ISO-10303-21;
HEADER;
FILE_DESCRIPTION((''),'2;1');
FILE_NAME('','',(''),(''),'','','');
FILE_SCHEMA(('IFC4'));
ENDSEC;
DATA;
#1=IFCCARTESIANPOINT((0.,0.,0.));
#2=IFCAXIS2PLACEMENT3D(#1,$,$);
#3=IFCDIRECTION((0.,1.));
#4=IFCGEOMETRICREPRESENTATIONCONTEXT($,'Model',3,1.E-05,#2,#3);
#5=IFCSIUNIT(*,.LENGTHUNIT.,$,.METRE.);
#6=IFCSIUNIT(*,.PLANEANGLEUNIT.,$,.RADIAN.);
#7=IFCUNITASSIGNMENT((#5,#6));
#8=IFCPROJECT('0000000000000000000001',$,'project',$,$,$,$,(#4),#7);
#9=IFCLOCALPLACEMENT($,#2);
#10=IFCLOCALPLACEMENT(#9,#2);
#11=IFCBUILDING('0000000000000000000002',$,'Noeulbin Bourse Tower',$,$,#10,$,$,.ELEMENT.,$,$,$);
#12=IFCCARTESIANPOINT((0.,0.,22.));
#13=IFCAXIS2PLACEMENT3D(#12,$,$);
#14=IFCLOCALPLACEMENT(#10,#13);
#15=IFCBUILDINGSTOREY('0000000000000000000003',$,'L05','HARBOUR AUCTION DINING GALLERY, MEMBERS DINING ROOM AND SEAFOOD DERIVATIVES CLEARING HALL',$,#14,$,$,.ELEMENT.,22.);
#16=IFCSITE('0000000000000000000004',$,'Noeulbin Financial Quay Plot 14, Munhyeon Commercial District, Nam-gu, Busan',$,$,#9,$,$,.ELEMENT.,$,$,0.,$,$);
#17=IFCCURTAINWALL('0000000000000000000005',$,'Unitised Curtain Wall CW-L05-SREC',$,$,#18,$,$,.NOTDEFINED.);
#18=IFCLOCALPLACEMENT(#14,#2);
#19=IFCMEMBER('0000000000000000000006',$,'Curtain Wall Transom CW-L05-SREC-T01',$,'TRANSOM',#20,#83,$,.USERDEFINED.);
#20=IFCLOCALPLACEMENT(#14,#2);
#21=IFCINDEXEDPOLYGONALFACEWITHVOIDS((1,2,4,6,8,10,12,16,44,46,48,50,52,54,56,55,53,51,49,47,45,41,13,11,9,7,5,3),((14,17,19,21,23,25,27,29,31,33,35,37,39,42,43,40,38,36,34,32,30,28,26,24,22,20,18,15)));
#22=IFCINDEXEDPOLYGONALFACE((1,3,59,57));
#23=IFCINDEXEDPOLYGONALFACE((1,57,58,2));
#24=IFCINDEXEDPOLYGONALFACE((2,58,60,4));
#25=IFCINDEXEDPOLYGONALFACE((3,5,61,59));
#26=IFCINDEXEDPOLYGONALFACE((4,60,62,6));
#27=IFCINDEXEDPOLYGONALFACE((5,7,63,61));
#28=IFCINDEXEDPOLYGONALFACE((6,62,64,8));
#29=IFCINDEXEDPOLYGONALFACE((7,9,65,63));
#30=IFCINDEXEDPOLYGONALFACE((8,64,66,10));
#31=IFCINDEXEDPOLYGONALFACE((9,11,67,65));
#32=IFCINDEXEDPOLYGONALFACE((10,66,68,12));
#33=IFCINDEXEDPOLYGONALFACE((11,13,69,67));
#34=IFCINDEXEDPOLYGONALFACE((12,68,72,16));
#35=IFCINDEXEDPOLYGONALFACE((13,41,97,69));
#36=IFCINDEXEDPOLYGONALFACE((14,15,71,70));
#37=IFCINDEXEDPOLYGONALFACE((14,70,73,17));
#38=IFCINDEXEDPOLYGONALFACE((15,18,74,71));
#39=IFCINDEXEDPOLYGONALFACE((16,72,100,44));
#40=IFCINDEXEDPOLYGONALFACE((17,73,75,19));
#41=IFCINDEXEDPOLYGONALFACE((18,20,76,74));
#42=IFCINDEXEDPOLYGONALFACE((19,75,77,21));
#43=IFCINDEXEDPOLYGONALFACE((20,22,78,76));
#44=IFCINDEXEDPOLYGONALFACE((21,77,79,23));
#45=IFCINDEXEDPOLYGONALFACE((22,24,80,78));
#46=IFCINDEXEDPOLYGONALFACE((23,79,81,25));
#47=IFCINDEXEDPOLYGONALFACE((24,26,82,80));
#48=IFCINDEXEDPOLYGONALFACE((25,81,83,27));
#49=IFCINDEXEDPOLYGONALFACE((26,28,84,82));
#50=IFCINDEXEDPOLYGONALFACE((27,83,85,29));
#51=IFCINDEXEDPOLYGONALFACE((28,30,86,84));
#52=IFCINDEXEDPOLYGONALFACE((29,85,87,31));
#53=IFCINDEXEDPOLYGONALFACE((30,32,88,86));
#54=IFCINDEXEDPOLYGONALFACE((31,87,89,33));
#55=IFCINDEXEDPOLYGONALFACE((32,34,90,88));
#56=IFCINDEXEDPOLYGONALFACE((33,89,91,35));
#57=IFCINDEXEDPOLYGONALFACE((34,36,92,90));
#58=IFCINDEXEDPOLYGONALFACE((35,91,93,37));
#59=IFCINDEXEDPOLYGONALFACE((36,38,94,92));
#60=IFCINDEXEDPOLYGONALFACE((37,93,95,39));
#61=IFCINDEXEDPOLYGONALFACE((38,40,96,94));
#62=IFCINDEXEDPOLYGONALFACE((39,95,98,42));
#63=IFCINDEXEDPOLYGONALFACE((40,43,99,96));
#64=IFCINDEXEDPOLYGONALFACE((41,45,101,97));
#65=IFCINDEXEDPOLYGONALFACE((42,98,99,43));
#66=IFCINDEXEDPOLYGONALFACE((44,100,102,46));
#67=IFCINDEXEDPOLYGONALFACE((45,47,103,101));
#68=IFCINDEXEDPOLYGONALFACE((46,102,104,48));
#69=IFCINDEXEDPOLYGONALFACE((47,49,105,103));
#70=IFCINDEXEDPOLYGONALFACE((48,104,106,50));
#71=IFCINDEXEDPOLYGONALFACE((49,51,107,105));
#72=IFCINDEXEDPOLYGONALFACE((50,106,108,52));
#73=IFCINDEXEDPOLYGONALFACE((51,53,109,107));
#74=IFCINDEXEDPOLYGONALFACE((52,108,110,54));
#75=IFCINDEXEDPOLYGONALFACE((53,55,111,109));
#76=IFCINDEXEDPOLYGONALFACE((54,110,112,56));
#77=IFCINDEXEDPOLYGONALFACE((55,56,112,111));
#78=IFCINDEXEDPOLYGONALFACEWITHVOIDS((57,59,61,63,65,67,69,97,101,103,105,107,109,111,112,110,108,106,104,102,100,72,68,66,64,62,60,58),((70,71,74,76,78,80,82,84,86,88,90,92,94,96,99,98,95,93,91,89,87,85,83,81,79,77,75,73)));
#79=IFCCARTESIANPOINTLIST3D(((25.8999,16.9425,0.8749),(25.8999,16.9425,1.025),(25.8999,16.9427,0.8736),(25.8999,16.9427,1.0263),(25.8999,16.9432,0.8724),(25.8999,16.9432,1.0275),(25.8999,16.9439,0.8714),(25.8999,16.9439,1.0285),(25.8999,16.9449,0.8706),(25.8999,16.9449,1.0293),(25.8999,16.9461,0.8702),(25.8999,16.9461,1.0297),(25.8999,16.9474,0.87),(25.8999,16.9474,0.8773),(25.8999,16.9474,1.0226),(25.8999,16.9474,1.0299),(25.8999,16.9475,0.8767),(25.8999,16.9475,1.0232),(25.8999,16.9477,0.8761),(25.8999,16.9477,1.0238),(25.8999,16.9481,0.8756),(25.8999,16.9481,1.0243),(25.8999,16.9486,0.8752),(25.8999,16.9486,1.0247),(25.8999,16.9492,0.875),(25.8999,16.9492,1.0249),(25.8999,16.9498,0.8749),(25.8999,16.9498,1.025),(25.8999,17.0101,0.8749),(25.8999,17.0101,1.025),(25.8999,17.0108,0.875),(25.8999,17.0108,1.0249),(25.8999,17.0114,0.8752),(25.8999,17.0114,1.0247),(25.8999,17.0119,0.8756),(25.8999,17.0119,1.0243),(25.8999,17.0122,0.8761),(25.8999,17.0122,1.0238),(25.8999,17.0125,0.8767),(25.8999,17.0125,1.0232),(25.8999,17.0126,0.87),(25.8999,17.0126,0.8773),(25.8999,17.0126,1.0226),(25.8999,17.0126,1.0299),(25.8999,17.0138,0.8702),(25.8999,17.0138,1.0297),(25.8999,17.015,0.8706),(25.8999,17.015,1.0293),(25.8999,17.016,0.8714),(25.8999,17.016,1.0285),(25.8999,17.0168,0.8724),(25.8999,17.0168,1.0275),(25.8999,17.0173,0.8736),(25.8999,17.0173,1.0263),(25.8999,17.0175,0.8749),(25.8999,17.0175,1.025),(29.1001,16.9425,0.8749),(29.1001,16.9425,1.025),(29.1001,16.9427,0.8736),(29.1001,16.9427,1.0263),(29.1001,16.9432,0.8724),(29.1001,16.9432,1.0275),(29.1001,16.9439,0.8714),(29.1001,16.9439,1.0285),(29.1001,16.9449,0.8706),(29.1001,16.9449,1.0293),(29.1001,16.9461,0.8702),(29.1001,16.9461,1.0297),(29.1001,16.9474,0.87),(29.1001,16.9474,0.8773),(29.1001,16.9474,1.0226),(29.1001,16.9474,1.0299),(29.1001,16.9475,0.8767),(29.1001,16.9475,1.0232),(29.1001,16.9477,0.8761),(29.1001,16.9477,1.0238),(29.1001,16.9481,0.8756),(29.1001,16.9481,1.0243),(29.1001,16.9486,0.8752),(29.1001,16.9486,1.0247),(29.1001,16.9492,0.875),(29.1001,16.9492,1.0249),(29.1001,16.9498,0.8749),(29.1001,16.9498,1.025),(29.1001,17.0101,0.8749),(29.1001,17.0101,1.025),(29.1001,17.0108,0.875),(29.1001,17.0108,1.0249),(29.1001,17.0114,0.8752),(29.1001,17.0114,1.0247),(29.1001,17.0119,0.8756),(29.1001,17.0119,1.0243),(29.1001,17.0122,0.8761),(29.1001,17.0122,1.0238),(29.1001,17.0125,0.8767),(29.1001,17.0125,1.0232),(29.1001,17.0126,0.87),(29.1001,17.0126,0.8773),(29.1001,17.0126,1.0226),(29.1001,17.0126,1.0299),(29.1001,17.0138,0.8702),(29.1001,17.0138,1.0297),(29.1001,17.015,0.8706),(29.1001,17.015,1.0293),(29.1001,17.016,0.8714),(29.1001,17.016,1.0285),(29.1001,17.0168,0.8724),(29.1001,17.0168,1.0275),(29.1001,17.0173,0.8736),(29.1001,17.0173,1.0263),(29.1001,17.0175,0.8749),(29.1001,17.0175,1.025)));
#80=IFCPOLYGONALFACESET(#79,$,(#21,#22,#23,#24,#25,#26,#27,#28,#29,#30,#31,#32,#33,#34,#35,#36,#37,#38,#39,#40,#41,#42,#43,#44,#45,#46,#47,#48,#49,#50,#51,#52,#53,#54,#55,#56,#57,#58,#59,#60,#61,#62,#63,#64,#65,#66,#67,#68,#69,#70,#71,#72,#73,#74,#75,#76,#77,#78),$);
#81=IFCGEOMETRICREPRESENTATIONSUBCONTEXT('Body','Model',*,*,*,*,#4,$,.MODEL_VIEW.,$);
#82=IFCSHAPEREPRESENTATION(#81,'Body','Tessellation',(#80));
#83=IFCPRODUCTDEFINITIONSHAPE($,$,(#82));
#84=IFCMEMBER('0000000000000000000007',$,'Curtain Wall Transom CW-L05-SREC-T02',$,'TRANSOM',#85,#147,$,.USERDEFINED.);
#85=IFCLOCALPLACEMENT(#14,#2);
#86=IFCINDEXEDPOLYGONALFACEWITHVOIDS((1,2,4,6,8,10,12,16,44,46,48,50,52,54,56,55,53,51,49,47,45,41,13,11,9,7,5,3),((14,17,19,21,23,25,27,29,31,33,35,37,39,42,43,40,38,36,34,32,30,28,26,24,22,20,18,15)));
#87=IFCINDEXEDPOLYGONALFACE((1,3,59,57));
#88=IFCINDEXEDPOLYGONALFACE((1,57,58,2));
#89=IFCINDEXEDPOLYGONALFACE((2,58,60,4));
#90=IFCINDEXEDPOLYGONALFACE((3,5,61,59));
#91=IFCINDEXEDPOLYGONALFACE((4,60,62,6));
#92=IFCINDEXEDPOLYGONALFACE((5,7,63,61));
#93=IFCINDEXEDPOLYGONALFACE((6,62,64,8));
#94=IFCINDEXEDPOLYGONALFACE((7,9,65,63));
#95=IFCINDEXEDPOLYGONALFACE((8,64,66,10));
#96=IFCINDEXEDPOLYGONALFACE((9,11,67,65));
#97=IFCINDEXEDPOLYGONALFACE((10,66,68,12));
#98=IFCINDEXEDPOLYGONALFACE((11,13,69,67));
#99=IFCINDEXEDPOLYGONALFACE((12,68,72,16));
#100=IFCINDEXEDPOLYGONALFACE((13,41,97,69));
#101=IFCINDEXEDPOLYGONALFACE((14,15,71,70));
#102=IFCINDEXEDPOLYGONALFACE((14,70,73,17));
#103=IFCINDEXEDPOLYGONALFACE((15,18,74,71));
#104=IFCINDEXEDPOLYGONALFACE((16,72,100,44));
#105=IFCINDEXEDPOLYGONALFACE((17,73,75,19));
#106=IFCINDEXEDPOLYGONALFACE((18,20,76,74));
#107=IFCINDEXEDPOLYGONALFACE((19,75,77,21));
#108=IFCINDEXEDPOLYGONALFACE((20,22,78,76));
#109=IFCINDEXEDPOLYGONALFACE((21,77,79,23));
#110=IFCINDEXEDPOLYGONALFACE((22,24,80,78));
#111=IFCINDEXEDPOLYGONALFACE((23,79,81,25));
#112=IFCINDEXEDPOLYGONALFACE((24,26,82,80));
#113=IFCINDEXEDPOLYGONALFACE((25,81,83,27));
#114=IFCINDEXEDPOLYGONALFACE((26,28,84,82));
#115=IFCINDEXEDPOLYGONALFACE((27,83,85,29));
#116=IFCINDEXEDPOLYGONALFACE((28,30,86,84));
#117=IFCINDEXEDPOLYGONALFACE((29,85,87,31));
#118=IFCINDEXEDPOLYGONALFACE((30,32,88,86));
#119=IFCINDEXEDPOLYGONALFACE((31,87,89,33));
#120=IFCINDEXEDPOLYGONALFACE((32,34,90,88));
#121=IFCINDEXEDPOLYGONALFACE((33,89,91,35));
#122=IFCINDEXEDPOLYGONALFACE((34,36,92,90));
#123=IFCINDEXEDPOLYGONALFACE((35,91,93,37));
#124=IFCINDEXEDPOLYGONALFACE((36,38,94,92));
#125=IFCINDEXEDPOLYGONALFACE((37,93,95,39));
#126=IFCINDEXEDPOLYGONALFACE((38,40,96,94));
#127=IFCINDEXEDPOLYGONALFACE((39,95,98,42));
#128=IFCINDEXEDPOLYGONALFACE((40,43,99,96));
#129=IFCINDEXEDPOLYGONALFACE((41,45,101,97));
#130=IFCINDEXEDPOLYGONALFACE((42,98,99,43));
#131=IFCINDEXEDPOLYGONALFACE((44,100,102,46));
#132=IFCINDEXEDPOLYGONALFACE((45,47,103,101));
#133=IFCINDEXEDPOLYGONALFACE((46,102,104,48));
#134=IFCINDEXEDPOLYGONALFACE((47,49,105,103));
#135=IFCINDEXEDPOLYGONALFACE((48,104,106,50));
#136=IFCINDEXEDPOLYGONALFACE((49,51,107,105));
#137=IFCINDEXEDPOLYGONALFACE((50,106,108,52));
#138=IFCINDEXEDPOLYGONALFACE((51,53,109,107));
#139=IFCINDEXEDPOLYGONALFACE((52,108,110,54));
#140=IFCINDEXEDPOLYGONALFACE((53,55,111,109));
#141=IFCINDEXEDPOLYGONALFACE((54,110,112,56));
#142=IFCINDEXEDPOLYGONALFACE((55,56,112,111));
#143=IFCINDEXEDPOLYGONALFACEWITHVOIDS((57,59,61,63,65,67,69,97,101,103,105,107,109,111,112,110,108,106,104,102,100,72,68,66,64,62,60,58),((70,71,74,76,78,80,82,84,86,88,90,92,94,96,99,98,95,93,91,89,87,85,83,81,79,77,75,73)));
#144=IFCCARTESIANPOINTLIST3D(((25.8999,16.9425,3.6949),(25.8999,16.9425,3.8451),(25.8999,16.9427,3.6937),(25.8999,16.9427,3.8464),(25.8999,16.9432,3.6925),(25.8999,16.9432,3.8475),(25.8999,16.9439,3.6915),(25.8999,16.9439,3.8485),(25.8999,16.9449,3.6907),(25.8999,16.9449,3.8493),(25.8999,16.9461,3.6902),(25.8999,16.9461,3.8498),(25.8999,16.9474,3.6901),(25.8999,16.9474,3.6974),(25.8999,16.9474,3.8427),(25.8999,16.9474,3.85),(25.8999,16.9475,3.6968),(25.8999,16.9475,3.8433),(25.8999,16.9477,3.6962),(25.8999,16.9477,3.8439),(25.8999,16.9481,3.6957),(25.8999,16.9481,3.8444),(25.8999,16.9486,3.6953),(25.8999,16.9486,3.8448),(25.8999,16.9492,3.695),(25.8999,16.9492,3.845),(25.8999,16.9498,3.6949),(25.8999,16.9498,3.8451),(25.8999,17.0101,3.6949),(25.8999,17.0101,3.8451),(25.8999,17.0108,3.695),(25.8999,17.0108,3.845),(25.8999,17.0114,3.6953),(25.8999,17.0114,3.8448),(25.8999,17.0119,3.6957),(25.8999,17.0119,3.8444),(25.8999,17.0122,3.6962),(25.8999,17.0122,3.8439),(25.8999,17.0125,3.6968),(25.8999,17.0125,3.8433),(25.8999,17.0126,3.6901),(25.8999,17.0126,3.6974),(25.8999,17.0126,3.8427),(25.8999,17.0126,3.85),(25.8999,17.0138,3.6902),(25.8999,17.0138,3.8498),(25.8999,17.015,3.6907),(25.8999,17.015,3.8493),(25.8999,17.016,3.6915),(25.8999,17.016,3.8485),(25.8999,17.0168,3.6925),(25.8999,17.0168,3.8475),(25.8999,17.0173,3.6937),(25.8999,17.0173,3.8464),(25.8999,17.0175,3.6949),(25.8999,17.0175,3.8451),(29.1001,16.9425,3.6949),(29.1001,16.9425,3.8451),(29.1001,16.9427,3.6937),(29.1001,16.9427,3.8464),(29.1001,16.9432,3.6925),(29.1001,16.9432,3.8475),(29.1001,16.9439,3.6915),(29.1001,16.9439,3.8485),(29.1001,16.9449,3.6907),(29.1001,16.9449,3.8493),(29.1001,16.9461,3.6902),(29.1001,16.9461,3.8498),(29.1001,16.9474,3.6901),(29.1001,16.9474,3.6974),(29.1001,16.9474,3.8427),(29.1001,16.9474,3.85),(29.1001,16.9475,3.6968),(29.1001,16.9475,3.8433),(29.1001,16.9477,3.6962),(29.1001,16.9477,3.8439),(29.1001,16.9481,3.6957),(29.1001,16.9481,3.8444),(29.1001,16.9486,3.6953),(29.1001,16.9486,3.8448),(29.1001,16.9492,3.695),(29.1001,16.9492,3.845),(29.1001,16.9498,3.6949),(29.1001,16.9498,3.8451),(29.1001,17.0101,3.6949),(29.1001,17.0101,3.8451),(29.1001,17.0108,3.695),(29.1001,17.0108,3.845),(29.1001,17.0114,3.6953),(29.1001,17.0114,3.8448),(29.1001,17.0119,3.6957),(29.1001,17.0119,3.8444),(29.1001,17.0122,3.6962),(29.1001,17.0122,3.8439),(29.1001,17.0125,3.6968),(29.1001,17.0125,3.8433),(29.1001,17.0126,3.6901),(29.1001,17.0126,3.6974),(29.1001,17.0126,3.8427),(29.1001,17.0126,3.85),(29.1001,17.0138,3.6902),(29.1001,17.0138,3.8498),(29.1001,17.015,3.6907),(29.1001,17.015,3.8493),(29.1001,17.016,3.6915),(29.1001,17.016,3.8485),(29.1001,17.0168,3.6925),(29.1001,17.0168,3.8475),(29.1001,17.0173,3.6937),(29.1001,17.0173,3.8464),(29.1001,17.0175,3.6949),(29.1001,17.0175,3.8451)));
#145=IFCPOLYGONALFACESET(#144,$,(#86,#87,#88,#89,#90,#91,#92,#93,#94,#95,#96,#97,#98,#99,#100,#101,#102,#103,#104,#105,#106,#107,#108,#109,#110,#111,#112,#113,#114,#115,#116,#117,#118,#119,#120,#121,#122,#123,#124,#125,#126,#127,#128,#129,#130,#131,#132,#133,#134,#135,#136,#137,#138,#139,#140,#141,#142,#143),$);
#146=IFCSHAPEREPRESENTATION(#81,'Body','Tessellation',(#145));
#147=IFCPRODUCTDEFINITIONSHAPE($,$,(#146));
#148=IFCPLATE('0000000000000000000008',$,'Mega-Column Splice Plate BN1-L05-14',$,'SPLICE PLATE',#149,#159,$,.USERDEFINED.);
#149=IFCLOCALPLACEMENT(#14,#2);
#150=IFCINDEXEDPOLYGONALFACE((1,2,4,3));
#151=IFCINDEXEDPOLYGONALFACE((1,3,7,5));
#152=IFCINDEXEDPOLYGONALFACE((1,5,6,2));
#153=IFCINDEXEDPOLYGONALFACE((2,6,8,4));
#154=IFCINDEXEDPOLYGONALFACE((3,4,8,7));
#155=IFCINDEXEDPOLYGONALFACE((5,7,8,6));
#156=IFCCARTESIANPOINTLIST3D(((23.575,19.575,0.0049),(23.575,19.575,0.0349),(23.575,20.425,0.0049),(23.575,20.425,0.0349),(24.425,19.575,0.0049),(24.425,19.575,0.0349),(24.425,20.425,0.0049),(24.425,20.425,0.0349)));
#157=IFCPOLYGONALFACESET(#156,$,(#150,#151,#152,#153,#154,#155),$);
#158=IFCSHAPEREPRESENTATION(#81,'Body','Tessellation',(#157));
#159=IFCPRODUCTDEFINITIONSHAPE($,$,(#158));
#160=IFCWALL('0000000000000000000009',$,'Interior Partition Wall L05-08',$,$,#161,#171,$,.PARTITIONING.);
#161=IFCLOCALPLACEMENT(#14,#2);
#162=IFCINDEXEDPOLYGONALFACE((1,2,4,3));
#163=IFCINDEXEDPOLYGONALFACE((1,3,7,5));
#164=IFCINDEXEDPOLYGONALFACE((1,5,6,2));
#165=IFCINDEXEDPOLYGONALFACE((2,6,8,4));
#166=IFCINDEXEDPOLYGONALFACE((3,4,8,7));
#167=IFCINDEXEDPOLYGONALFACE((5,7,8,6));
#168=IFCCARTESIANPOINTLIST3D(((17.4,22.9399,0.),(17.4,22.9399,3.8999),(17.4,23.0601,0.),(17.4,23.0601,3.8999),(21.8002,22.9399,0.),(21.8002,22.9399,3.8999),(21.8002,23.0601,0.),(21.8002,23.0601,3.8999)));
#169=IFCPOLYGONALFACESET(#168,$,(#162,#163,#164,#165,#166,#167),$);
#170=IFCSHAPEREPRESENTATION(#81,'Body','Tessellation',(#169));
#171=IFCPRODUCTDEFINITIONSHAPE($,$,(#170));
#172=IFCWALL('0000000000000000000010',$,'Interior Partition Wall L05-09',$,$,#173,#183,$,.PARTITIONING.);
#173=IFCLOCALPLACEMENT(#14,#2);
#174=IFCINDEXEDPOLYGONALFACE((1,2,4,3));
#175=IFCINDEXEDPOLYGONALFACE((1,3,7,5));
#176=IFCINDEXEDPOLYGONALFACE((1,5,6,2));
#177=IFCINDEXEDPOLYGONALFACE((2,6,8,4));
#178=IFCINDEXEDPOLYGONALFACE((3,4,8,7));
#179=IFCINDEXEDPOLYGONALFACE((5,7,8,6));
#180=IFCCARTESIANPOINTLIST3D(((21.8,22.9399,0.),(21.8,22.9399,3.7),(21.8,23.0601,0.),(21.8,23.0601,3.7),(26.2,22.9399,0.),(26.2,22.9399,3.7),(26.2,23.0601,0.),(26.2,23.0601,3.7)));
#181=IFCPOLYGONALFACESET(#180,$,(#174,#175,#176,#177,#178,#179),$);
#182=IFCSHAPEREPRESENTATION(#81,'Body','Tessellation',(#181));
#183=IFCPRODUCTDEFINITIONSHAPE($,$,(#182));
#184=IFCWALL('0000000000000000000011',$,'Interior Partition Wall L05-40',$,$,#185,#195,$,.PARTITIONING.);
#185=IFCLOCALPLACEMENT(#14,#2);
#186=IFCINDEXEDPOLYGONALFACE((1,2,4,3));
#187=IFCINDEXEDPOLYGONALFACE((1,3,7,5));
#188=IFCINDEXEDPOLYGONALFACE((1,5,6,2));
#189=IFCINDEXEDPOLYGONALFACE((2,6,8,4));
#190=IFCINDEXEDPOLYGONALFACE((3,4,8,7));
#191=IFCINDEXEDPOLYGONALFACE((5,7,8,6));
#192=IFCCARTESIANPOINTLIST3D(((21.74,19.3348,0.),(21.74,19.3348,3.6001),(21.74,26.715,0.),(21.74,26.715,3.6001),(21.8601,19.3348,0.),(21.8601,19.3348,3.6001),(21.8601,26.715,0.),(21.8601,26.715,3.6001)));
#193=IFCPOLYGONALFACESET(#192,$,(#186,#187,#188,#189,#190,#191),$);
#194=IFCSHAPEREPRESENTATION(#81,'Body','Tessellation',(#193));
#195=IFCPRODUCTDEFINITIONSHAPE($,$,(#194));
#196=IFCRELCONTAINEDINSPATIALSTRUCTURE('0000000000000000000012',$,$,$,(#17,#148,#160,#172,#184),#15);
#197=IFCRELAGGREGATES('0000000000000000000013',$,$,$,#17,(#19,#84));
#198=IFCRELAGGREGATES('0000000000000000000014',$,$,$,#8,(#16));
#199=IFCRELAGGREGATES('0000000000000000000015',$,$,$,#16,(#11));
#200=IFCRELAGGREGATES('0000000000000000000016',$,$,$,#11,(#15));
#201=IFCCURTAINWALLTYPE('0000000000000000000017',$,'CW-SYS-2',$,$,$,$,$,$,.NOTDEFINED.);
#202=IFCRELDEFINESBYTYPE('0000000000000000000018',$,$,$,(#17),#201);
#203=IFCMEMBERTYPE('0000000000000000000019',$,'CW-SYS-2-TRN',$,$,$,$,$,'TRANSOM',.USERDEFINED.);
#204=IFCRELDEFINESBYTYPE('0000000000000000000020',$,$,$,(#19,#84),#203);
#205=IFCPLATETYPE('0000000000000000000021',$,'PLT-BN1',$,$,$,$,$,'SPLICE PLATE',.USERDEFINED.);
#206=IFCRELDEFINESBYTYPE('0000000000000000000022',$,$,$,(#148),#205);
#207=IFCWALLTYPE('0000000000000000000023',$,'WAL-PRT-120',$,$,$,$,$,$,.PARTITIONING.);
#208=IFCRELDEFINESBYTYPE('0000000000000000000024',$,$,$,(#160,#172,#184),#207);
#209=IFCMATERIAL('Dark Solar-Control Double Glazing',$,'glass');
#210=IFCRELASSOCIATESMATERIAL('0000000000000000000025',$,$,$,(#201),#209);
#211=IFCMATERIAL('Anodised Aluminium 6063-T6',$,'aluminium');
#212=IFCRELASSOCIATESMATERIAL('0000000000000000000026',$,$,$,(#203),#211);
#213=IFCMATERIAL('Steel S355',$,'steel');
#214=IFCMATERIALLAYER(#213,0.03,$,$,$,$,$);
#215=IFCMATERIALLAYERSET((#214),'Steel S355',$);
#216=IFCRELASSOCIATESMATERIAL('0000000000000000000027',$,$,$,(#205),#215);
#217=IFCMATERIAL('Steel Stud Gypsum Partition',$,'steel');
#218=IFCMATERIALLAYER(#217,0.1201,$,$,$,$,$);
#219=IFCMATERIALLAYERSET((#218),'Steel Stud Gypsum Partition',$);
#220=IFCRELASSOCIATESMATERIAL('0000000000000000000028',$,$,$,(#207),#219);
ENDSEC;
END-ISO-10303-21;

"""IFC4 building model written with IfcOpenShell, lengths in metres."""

from ifc_helpers import new_model, si_unit, direction, frame, frame_2d, origin, origin_2d, place, context, subcontext, project, spatial, rectangle, hollow_rectangle, extrude, material, layer, layer_set, material_profile, profile_set, type_object, element, aggregate, save


model = new_model("IFC4")

# Units and contexts
model_context = context("Model", 3, precision=1e-05, world=origin(), true_north=direction((0.0, 1.0)))
body_context = subcontext(model_context, "Body", "Model", "MODEL_VIEW")
ifc_project = project(units=[si_unit("LENGTHUNIT", "METRE"), si_unit("PLANEANGLEUNIT", "RADIAN")], contexts=[model_context])

# Site, building, storey
site_placement = place(None, origin())
site = spatial("IfcSite", under=ifc_project, at=site_placement, Name="Noeulbin Financial Quay Plot 14, Munhyeon Commercial District, Nam-gu, Busan", CompositionType="ELEMENT", RefElevation=0.0)
building_placement = place(site_placement, origin())
building = spatial("IfcBuilding", under=site, at=building_placement, Name="Noeulbin Bourse Tower", CompositionType="ELEMENT")
storey_placement = place(building_placement, frame((0.0, 0.0, 22.0)))
storey = spatial("IfcBuildingStorey", under=building, at=storey_placement, Name="L05", Description="HARBOUR AUCTION DINING GALLERY, MEMBERS DINING ROOM AND SEAFOOD DERIVATIVES CLEARING HALL", CompositionType="ELEMENT", Elevation=22.0)

# Shared definitions
ifc_material_1 = material(Name="Steel S355", Category="steel")

# Curtain wall, members
ifc_material_2 = material(Name="Dark Solar-Control Double Glazing", Category="glass")
curtain_wall_type = type_object("IfcCurtainWallType", Name="CW-SYS-2", PredefinedType="NOTDEFINED", material=ifc_material_2)
curtain_wall_placement = place(storey_placement, origin())
curtain_wall = element("IfcCurtainWall", 1, at=curtain_wall_placement, inside=storey, type_object=curtain_wall_type, Name="Unitised Curtain Wall CW-L05-SREC", PredefinedType="NOTDEFINED")
ifc_material_3 = material(Name="Anodised Aluminium 6063-T6", Category="aluminium")
ifc_material_profile_1 = material_profile(ifc_material_3, hollow_rectangle(XDim=0.075, YDim=0.1599, WallThickness=0.0049, InnerFilletRadius=0.0024, OuterFilletRadius=0.0049, at=origin_2d()), Name="ALU-TRAN-75x160x5", Category="LoadBearing")
ifc_profile_set_1 = profile_set([ifc_material_profile_1], Name="Anodised Aluminium 6063-T6")
member_type_1 = type_object("IfcMemberType", Name="CW-SYS-2-TRN", ElementType="TRANSOM", PredefinedType="USERDEFINED", material=ifc_profile_set_1)
member_1_placement = place(storey_placement, frame((25.8999, 16.98, 0.95), z_axis=(1.0, 0.0, 0.0), x_axis=(0.0, 1.0, 0.0)))
member_1 = element("IfcMember", 2, at=member_1_placement, type_object=member_type_1, Name="Curtain Wall Transom CW-L05-SREC-T01", ObjectType="TRANSOM", PredefinedType="USERDEFINED", context=body_context, shape_type="SweptSolid", body=[
    extrude(hollow_rectangle(XDim=0.075, YDim=0.1599, WallThickness=0.0049, InnerFilletRadius=0.0024, OuterFilletRadius=0.0049, at=origin_2d()), origin(), (0.0, 0.0, 1.0), 3.2002),
])
member_2_placement = place(storey_placement, frame((25.8999, 16.98, 3.77), z_axis=(1.0, 0.0, 0.0), x_axis=(0.0, 1.0, 0.0)))
member_2 = element("IfcMember", 3, at=member_2_placement, type_object=member_type_1, Name="Curtain Wall Transom CW-L05-SREC-T02", ObjectType="TRANSOM", PredefinedType="USERDEFINED", context=body_context, shape_type="SweptSolid", body=[
    extrude(hollow_rectangle(XDim=0.075, YDim=0.1599, WallThickness=0.0049, InnerFilletRadius=0.0024, OuterFilletRadius=0.0049, at=origin_2d()), origin(), (0.0, 0.0, 1.0), 3.2002),
])
aggregate(curtain_wall, [member_1, member_2])

# Plate
ifc_layer_1 = layer(ifc_material_1, 0.03)
ifc_layer_set_1 = layer_set([ifc_layer_1], Name="Steel S355")
plate_type = type_object("IfcPlateType", Name="PLT-BN1", ElementType="SPLICE PLATE", PredefinedType="USERDEFINED", material=ifc_layer_set_1)
plate_placement = place(storey_placement, frame((24.0, 20.0, 0.0049), z_axis=(0.0, 0.0, 1.0), x_axis=(1.0, 0.0, 0.0)))
element("IfcPlate", 4, at=plate_placement, inside=storey, type_object=plate_type, Name="Mega-Column Splice Plate BN1-L05-14", ObjectType="SPLICE PLATE", PredefinedType="USERDEFINED", context=body_context, shape_type="SweptSolid", body=[
    extrude(rectangle(XDim=0.8501, YDim=0.8501, at=origin_2d()), origin(), (0.0, 0.0, 1.0), 0.03),
])

# Walls
ifc_material_4 = material(Name="Steel Stud Gypsum Partition", Category="steel")
ifc_layer_2 = layer(ifc_material_4, 0.1201)
ifc_layer_set_2 = layer_set([ifc_layer_2], Name="Steel Stud Gypsum Partition")
wall_type_1 = type_object("IfcWallType", Name="WAL-PRT-120", PredefinedType="PARTITIONING", material=ifc_layer_set_2)
wall_1_placement = place(storey_placement, frame((17.3999, 23.0, 0.0), z_axis=(0.0, 0.0, 1.0), x_axis=(1.0, 0.0, 0.0)))
element("IfcWall", 5, at=wall_1_placement, inside=storey, type_object=wall_type_1, Name="Interior Partition Wall L05-08", PredefinedType="PARTITIONING", context=body_context, shape_type="SweptSolid", body=[
    extrude(rectangle(XDim=4.4001, YDim=0.1201, at=frame_2d((2.2002, 0.0))), origin(), (0.0, 0.0, 1.0), 3.8999),
])
wall_2_placement = place(storey_placement, frame((21.8, 23.0, 0.0), z_axis=(0.0, 0.0, 1.0), x_axis=(1.0, 0.0, 0.0)))
element("IfcWall", 6, at=wall_2_placement, inside=storey, type_object=wall_type_1, Name="Interior Partition Wall L05-09", PredefinedType="PARTITIONING", context=body_context, shape_type="SweptSolid", body=[
    extrude(rectangle(XDim=4.3999, YDim=0.1201, at=frame_2d((2.2, 0.0))), origin(), (0.0, 0.0, 1.0), 3.7),
])
wall_3_placement = place(storey_placement, frame((21.8, 19.335, 0.0), z_axis=(0.0, 0.0, 1.0), x_axis=(0.0, 1.0, 0.0)))
element("IfcWall", 7, at=wall_3_placement, inside=storey, type_object=wall_type_1, Name="Interior Partition Wall L05-40", PredefinedType="PARTITIONING", context=body_context, shape_type="SweptSolid", body=[
    extrude(rectangle(XDim=7.3801, YDim=0.1201, at=frame_2d((3.6899, 0.0))), origin(), (0.0, 0.0, 1.0), 3.6001),
])

save(model, "model.ifc")
